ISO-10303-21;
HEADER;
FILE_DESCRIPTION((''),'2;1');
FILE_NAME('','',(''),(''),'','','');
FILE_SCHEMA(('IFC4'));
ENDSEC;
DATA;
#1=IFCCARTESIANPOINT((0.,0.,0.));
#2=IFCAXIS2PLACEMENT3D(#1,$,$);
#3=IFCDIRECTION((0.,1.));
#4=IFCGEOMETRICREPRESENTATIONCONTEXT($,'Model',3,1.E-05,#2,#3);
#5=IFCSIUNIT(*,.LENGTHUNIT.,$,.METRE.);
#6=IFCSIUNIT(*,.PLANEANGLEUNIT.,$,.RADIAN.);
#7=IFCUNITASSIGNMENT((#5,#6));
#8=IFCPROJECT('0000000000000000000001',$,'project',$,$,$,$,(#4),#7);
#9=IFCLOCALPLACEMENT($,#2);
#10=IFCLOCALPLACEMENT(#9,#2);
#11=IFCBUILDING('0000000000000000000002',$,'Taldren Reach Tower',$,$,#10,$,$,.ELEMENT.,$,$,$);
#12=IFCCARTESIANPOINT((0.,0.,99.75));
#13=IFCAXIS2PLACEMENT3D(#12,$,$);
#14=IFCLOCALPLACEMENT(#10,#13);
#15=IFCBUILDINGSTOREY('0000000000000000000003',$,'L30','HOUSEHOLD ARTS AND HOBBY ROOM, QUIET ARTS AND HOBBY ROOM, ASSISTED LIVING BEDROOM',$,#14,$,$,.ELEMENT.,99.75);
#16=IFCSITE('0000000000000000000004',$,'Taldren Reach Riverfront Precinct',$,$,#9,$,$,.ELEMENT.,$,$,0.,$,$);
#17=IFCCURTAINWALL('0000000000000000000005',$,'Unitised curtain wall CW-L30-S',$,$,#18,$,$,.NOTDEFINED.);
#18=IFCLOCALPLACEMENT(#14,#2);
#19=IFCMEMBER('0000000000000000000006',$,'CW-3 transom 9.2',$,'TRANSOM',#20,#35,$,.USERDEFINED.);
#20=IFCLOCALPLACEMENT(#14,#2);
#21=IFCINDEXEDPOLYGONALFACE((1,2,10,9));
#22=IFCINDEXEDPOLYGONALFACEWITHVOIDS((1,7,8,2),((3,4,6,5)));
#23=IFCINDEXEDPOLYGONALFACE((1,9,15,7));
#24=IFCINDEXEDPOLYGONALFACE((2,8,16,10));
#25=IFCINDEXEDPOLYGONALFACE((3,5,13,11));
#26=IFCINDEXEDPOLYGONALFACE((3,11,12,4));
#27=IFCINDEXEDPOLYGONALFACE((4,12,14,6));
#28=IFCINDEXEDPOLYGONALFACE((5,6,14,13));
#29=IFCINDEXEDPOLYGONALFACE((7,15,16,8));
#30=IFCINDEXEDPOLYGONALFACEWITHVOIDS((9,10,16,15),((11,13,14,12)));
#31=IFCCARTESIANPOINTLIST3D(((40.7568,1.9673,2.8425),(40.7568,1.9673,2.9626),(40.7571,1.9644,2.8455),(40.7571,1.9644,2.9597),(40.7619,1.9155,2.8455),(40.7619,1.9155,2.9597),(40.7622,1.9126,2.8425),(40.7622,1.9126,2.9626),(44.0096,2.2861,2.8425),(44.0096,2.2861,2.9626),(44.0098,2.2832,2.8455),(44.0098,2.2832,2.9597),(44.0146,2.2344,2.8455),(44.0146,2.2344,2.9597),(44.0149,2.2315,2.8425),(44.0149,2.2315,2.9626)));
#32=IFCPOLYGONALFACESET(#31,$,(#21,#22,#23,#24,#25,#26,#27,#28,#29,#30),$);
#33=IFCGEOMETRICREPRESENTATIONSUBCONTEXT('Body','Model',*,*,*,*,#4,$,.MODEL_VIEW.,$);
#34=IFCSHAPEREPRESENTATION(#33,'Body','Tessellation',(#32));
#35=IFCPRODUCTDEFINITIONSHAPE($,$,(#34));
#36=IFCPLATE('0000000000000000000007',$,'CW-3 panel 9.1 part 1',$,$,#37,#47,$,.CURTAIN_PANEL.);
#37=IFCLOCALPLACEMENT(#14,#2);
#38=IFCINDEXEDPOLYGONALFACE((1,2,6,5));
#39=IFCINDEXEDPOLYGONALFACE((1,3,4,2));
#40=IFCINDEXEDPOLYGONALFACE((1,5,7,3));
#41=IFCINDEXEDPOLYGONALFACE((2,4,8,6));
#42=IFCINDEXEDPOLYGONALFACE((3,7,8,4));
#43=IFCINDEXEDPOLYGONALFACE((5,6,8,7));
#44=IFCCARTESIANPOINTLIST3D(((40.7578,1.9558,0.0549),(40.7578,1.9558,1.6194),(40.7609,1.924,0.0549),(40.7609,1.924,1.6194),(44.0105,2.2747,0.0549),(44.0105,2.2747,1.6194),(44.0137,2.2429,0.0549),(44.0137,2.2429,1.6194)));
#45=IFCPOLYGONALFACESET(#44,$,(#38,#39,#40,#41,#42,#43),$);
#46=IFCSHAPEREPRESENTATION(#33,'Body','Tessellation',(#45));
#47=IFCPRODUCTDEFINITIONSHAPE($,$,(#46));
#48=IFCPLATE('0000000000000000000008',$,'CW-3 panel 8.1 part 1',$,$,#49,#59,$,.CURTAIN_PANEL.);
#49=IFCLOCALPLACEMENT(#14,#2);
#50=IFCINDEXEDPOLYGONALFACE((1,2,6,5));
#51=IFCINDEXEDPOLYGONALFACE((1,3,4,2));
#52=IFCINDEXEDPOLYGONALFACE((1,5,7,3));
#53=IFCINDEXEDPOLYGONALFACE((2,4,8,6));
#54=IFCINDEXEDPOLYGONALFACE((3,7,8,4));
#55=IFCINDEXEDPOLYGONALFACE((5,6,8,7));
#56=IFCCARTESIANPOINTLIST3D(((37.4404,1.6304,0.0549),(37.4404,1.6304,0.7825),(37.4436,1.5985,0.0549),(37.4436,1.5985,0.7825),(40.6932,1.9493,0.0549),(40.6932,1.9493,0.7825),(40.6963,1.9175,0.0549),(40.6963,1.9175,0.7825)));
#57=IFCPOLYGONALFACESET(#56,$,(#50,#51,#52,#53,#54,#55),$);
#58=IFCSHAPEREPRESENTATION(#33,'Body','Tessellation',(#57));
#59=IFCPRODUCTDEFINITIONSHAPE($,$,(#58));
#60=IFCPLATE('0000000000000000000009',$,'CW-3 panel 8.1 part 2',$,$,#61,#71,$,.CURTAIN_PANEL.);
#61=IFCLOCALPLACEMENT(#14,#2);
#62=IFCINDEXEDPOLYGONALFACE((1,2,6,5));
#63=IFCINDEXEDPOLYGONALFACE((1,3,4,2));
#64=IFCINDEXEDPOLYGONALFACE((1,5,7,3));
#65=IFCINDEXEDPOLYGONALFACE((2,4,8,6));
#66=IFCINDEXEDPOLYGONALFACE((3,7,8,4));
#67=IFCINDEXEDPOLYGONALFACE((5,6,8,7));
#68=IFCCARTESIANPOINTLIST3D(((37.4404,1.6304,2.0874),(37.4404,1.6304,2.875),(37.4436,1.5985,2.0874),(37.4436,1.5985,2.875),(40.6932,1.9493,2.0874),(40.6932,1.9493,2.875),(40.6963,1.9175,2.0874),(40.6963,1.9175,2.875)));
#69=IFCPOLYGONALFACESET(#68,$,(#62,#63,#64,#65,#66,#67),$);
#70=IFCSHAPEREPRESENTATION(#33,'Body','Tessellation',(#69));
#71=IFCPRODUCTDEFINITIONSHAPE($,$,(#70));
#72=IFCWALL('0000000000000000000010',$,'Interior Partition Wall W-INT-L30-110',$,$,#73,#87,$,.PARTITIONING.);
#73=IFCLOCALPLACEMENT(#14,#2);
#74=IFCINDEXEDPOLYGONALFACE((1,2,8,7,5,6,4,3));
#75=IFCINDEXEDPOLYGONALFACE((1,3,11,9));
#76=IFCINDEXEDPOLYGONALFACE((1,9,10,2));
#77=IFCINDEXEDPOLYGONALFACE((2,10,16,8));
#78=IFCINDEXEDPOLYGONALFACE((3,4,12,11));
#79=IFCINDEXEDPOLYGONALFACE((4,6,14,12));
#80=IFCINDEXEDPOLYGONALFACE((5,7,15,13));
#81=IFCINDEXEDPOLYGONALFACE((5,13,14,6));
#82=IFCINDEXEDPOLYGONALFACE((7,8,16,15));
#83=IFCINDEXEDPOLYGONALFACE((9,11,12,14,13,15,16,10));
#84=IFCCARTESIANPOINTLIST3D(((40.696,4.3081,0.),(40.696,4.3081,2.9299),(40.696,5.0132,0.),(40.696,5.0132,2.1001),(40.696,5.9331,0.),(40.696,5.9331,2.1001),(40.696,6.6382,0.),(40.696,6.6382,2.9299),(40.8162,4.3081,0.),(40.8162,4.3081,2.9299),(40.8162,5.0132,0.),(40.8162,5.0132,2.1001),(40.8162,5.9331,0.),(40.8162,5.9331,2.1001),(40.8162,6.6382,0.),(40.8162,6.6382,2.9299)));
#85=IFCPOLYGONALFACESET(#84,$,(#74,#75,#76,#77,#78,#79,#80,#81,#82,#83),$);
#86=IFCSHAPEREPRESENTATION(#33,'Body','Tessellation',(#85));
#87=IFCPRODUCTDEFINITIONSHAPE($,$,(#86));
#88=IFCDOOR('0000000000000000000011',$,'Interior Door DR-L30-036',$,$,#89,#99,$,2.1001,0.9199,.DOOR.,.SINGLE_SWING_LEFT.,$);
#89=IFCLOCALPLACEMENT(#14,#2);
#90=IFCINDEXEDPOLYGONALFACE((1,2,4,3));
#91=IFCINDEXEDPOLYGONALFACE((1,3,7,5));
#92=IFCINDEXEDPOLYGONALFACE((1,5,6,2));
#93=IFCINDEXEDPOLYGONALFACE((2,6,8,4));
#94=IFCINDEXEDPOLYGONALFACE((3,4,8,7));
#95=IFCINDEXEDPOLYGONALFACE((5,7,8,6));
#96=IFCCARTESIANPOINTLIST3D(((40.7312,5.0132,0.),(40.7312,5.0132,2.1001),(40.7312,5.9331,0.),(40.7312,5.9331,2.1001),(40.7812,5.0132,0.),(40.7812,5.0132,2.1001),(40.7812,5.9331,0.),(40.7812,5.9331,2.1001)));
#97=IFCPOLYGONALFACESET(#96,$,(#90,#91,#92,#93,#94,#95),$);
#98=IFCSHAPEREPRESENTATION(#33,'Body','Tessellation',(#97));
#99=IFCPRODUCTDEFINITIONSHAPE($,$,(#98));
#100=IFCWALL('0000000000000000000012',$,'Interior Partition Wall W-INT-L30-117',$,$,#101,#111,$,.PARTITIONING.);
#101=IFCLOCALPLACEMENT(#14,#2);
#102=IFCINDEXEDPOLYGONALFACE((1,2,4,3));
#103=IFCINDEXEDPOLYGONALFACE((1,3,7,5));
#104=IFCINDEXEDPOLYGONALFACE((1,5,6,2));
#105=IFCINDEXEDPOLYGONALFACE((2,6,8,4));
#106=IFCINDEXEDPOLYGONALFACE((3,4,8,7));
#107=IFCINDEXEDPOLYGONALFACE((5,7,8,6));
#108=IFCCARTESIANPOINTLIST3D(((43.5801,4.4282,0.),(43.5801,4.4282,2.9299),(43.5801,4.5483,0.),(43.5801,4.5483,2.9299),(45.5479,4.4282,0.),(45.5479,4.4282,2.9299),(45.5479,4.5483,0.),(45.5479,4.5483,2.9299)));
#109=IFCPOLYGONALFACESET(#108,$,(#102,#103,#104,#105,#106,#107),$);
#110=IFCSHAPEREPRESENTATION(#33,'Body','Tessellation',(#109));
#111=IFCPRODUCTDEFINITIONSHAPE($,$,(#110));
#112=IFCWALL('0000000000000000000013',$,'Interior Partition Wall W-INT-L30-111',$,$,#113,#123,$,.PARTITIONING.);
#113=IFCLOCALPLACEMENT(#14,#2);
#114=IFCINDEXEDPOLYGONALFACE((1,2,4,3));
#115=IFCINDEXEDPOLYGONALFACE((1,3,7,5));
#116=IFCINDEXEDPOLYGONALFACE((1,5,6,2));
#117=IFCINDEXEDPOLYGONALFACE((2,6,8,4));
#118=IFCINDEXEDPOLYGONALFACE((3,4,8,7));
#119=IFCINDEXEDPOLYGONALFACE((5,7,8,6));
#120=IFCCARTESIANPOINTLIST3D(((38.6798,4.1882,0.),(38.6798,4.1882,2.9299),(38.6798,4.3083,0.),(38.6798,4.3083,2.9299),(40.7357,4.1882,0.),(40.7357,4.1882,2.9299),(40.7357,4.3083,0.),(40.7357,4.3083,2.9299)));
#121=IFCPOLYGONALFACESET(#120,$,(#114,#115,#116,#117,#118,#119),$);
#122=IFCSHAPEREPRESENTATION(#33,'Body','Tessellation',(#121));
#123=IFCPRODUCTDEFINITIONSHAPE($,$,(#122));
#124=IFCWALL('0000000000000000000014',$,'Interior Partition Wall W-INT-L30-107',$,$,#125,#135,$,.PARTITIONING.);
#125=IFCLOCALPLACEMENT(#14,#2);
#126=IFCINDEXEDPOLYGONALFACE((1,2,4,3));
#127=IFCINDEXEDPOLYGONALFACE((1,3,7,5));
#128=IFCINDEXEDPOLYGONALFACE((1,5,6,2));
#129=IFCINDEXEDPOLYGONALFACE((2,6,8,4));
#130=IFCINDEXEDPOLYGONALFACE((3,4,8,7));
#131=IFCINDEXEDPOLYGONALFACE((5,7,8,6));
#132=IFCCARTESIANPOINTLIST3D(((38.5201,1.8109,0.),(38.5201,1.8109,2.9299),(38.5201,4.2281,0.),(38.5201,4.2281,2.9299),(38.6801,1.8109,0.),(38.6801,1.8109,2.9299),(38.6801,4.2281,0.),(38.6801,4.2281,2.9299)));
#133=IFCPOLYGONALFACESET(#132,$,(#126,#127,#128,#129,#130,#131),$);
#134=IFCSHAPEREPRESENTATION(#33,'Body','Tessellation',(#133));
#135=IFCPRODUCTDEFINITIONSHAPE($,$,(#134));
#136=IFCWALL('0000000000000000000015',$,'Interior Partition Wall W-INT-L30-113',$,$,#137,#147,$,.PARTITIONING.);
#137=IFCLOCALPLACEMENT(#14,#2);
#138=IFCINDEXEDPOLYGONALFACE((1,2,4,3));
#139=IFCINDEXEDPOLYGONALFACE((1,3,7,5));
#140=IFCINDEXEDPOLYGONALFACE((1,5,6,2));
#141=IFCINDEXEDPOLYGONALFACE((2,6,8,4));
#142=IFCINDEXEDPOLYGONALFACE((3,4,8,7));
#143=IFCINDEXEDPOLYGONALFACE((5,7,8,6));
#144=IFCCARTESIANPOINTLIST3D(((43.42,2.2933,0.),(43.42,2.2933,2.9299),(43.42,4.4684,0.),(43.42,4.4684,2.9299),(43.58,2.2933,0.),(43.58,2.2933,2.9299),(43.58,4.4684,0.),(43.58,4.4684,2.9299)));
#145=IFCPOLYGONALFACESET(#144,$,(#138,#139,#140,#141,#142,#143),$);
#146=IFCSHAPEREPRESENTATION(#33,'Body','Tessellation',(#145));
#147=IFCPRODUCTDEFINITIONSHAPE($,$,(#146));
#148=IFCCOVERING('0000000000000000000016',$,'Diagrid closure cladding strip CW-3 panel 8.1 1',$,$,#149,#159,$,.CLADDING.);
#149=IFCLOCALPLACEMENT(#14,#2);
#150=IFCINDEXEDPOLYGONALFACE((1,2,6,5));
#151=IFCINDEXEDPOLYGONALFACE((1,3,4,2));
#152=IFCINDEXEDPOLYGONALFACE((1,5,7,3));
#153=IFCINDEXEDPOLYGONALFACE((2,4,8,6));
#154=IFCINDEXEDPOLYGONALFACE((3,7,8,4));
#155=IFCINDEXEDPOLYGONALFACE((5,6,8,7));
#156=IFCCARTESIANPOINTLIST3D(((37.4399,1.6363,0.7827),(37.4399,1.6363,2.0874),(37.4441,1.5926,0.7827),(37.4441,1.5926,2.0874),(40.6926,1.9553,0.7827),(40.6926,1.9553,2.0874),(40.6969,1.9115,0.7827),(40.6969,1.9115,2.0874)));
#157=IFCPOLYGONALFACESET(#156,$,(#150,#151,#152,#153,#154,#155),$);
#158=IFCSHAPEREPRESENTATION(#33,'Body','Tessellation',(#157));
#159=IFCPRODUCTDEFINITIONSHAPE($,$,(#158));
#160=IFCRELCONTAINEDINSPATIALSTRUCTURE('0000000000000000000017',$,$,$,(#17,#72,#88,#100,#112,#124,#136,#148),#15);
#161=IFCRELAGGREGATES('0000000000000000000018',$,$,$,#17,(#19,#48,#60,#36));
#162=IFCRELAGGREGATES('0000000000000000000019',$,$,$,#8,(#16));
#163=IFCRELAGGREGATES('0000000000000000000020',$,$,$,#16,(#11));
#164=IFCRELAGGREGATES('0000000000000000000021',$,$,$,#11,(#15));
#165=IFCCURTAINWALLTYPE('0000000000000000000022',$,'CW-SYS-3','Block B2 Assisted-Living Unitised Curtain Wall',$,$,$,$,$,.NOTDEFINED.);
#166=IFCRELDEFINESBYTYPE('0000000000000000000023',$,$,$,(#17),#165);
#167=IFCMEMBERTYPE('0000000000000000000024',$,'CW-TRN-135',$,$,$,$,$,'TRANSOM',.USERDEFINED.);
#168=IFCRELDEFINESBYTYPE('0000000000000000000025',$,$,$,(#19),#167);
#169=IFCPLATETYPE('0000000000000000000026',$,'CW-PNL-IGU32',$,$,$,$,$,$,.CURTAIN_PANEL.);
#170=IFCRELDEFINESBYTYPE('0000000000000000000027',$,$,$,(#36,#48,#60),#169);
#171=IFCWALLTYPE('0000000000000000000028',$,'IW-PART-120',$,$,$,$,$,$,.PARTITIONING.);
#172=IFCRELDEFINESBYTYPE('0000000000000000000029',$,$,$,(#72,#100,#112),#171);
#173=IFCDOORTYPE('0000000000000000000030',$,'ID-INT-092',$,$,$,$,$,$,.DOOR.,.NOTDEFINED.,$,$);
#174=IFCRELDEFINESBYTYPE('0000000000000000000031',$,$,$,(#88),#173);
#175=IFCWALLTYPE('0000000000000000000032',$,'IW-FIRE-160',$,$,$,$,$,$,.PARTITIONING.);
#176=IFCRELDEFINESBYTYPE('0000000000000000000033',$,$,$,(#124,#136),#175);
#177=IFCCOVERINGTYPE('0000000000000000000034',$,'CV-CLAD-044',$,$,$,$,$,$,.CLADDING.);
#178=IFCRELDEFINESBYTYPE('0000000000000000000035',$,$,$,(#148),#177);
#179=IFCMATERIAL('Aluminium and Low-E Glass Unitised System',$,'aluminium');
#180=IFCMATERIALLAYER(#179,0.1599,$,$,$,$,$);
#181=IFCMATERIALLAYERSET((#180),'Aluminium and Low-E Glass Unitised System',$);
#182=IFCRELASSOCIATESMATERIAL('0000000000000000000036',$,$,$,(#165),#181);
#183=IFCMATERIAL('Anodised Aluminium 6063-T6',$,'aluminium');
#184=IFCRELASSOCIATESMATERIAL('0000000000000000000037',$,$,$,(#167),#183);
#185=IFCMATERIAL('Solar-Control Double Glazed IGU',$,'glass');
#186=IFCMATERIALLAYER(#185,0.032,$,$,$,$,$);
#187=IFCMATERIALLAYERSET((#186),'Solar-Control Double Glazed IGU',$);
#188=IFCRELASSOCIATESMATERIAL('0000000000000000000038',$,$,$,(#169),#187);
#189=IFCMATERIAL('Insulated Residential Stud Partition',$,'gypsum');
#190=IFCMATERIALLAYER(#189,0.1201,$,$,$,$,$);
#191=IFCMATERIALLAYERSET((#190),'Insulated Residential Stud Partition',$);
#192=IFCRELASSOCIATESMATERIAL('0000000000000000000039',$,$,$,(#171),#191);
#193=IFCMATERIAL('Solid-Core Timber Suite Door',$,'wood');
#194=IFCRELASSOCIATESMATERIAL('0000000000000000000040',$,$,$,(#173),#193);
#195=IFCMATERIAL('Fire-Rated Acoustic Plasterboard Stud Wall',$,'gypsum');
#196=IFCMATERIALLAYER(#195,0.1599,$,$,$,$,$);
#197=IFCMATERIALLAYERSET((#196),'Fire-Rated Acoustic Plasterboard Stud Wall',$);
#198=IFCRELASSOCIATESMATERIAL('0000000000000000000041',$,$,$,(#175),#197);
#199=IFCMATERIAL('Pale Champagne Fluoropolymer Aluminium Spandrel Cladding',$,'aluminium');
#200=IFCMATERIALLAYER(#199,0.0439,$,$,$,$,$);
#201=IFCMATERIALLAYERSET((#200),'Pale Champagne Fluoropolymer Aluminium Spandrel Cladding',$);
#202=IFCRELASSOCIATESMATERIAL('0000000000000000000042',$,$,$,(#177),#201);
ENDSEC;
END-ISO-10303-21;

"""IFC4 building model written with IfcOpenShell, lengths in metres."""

from ifc_helpers import new_model, si_unit, direction, frame, frame_2d, origin, origin_2d, place, context, subcontext, project, spatial, rectangle, hollow_rectangle, extrude, source, transform, mapped, material, layer, layer_set, material_profile, profile_set, type_object, element, fill, aggregate, save


model = new_model("IFC4")

# Units and contexts
model_context = context("Model", 3, precision=1e-05, world=origin(), true_north=direction((0.0, 1.0)))
body_context = subcontext(model_context, "Body", "Model", "MODEL_VIEW")
ifc_project = project(units=[si_unit("LENGTHUNIT", "METRE"), si_unit("PLANEANGLEUNIT", "RADIAN")], contexts=[model_context])

# Site, building, storey
site_placement = place(None, origin())
site = spatial("IfcSite", under=ifc_project, at=site_placement, Name="Taldren Reach Riverfront Precinct", CompositionType="ELEMENT", RefElevation=0.0)
building_placement = place(site_placement, origin())
building = spatial("IfcBuilding", under=site, at=building_placement, Name="Taldren Reach Tower", CompositionType="ELEMENT")
storey_placement = place(building_placement, frame((0.0, 0.0, 99.75)))
storey = spatial("IfcBuildingStorey", under=building, at=storey_placement, Name="L30", Description="HOUSEHOLD ARTS AND HOBBY ROOM, QUIET ARTS AND HOBBY ROOM, ASSISTED LIVING BEDROOM", CompositionType="ELEMENT", Elevation=99.75)

# Curtain wall, member, plates
ifc_material_1 = material(Name="Aluminium and Low-E Glass Unitised System", Category="aluminium")
ifc_layer_1 = layer(ifc_material_1, 0.1599)
ifc_layer_set_1 = layer_set([ifc_layer_1], Name="Aluminium and Low-E Glass Unitised System")
curtain_wall_type = type_object("IfcCurtainWallType", Name="CW-SYS-3", Description="Block B2 Assisted-Living Unitised Curtain Wall", PredefinedType="NOTDEFINED", material=ifc_layer_set_1)
curtain_wall_placement = place(storey_placement, origin())
curtain_wall = element("IfcCurtainWall", 1, at=curtain_wall_placement, inside=storey, type_object=curtain_wall_type, Name="Unitised curtain wall CW-L30-S", PredefinedType="NOTDEFINED")
ifc_material_2 = material(Name="Anodised Aluminium 6063-T6", Category="aluminium")
ifc_material_profile_1 = material_profile(ifc_material_2, hollow_rectangle(XDim=0.0549, YDim=0.1201, WallThickness=0.0029, at=origin_2d()), Name="ALU-120x55x3RHS")
ifc_profile_set_1 = profile_set([ifc_material_profile_1], Name="Anodised Aluminium 6063-T6")
member_type_1 = type_object("IfcMemberType", Name="CW-TRN-135", ElementType="TRANSOM", PredefinedType="USERDEFINED", material=ifc_profile_set_1)
shared_shape_1 = source(origin(), body_context, "Body", "SweptSolid", [
    extrude(hollow_rectangle(XDim=0.0549, YDim=0.1201, WallThickness=0.0029, at=origin_2d()), origin(), (0.0, 0.0, 1.0), 3.2683),
])
member_1_placement = place(storey_placement, frame((40.7595, 1.9399, 2.9026), z_axis=(0.99523, 0.097558, 0.0), x_axis=(-0.097558, 0.99523, 0.0)))
member_1 = element("IfcMember", 2, at=member_1_placement, type_object=member_type_1, Name="CW-3 transom 9.2", ObjectType="TRANSOM", PredefinedType="USERDEFINED", context=body_context, shape_type="MappedRepresentation", body=[
    mapped(shared_shape_1, transform((0.0, 0.0, 0.0), scale=1.0)),
])
ifc_material_3 = material(Name="Solar-Control Double Glazed IGU", Category="glass")
ifc_layer_2 = layer(ifc_material_3, 0.032)
ifc_layer_set_2 = layer_set([ifc_layer_2], Name="Solar-Control Double Glazed IGU")
plate_type = type_object("IfcPlateType", Name="CW-PNL-IGU32", PredefinedType="CURTAIN_PANEL", material=ifc_layer_set_2)
shared_shape_2 = source(origin(), body_context, "Body", "SweptSolid", [
    extrude(rectangle(XDim=3.2683, YDim=0.032, at=origin_2d()), origin(), (0.0, 0.0, 1.0), 1.5645),
])
plate_1_placement = place(storey_placement, frame((42.3857, 2.0994, 0.0549), z_axis=(0.0, 0.0, 1.0), x_axis=(0.995227, 0.097583, 0.0)))
plate_1 = element("IfcPlate", 3, at=plate_1_placement, type_object=plate_type, Name="CW-3 panel 9.1 part 1", PredefinedType="CURTAIN_PANEL", context=body_context, shape_type="MappedRepresentation", body=[
    mapped(shared_shape_2, transform((0.0, 0.0, 0.0), scale=1.0)),
])
shared_shape_3 = source(origin(), body_context, "Body", "SweptSolid", [
    extrude(rectangle(XDim=3.2683, YDim=0.032, at=origin_2d()), origin(), (0.0, 0.0, 1.0), 0.7275),
])
plate_2_placement = place(storey_placement, frame((39.0684, 1.7739, 0.0549), z_axis=(0.0, 0.0, 1.0), x_axis=(0.995227, 0.097583, 0.0)))
plate_2 = element("IfcPlate", 4, at=plate_2_placement, type_object=plate_type, Name="CW-3 panel 8.1 part 1", PredefinedType="CURTAIN_PANEL", context=body_context, shape_type="MappedRepresentation", body=[
    mapped(shared_shape_3, transform((0.0, 0.0, 0.0), scale=1.0)),
])
shared_shape_4 = source(origin(), body_context, "Body", "SweptSolid", [
    extrude(rectangle(XDim=3.2683, YDim=0.032, at=origin_2d()), origin(), (0.0, 0.0, 1.0), 0.7876),
])
plate_3_placement = place(storey_placement, frame((39.0684, 1.7739, 2.0874), z_axis=(0.0, 0.0, 1.0), x_axis=(0.995227, 0.097583, 0.0)))
plate_3 = element("IfcPlate", 5, at=plate_3_placement, type_object=plate_type, Name="CW-3 panel 8.1 part 2", PredefinedType="CURTAIN_PANEL", context=body_context, shape_type="MappedRepresentation", body=[
    mapped(shared_shape_4, transform((0.0, 0.0, 0.0), scale=1.0)),
])
aggregate(curtain_wall, [member_1, plate_2, plate_3, plate_1])

# Wall, opening, door
ifc_material_4 = material(Name="Insulated Residential Stud Partition", Category="gypsum")
ifc_layer_3 = layer(ifc_material_4, 0.1201)
ifc_layer_set_3 = layer_set([ifc_layer_3], Name="Insulated Residential Stud Partition")
wall_type_1 = type_object("IfcWallType", Name="IW-PART-120", PredefinedType="PARTITIONING", material=ifc_layer_set_3)
shared_shape_5 = source(origin(), body_context, "Body", "SweptSolid", [
    extrude(rectangle(XDim=2.3301, YDim=0.1201, at=frame_2d((1.165, 0.0))), origin(), (0.0, 0.0, 1.0), 2.9299),
])
wall_1_placement = place(storey_placement, frame((40.7561, 4.3081, 0.0), z_axis=(0.0, 0.0, 1.0), x_axis=(0.0, 1.0, 0.0)))
wall_1 = element("IfcWall", 6, at=wall_1_placement, inside=storey, type_object=wall_type_1, Name="Interior Partition Wall W-INT-L30-110", PredefinedType="PARTITIONING", context=body_context, shape_type="MappedRepresentation", body=[
    mapped(shared_shape_5, transform((0.0, 0.0, 0.0), scale=1.0)),
])
shared_shape_6 = source(origin(), body_context, "Body", "SweptSolid", [
    extrude(rectangle(XDim=0.9199, YDim=2.1001, at=frame_2d((0.46, 1.05))), frame((0.0, 0.0701, 0.0), z_axis=(0.0, -1.0, 0.0), x_axis=(1.0, 0.0, 0.0)), (0.0, 0.0, 1.0), 0.1401),
])
opening_placement = place(wall_1_placement, frame((0.7051, 0.0, 0.0)))
opening = element("IfcOpeningElement", 7, at=opening_placement, cuts=wall_1, PredefinedType="OPENING", context=body_context, shape_type="MappedRepresentation", body=[
    mapped(shared_shape_6, transform((0.0, 0.0, 0.0), scale=1.0)),
])
ifc_material_5 = material(Name="Solid-Core Timber Suite Door", Category="wood")
door_type = type_object("IfcDoorType", Name="ID-INT-092", OperationType="NOTDEFINED", PredefinedType="DOOR", material=ifc_material_5)
shared_shape_7 = source(origin(), body_context, "Body", "SweptSolid", [
    extrude(rectangle(XDim=0.9199, YDim=2.1001, at=frame_2d((0.46, 1.05))), frame((0.0, 0.0249, 0.0), z_axis=(0.0, -1.0, 0.0), x_axis=(1.0, 0.0, 0.0)), (0.0, 0.0, 1.0), 0.05),
])
door_placement = place(opening_placement, origin())
door = element("IfcDoor", 8, at=door_placement, inside=storey, type_object=door_type, Name="Interior Door DR-L30-036", OperationType="SINGLE_SWING_LEFT", OverallHeight=2.1001, OverallWidth=0.9199, PredefinedType="DOOR", context=body_context, shape_type="MappedRepresentation", body=[
    mapped(shared_shape_7, transform((0.0, 0.0, 0.0), scale=1.0)),
])
fill(opening, door)

# Walls
shared_shape_8 = source(origin(), body_context, "Body", "SweptSolid", [
    extrude(rectangle(XDim=1.9678, YDim=0.1201, at=frame_2d((0.9839, 0.0))), origin(), (0.0, 0.0, 1.0), 2.9299),
])
wall_2_placement = place(storey_placement, frame((43.5801, 4.4883, 0.0), z_axis=(0.0, 0.0, 1.0), x_axis=(1.0, 0.0, 0.0)))
element("IfcWall", 9, at=wall_2_placement, inside=storey, type_object=wall_type_1, Name="Interior Partition Wall W-INT-L30-117", PredefinedType="PARTITIONING", context=body_context, shape_type="MappedRepresentation", body=[
    mapped(shared_shape_8, transform((0.0, 0.0, 0.0), scale=1.0)),
])
shared_shape_9 = source(origin(), body_context, "Body", "SweptSolid", [
    extrude(rectangle(XDim=2.0559, YDim=0.1201, at=frame_2d((1.0278, 0.0))), origin(), (0.0, 0.0, 1.0), 2.9299),
])
wall_3_placement = place(storey_placement, frame((38.6799, 4.2483, 0.0), z_axis=(0.0, 0.0, 1.0), x_axis=(1.0, 0.0, 0.0)))
element("IfcWall", 10, at=wall_3_placement, inside=storey, type_object=wall_type_1, Name="Interior Partition Wall W-INT-L30-111", PredefinedType="PARTITIONING", context=body_context, shape_type="MappedRepresentation", body=[
    mapped(shared_shape_9, transform((0.0, 0.0, 0.0), scale=1.0)),
])
ifc_material_6 = material(Name="Fire-Rated Acoustic Plasterboard Stud Wall", Category="gypsum")
ifc_layer_4 = layer(ifc_material_6, 0.1599)
ifc_layer_set_4 = layer_set([ifc_layer_4], Name="Fire-Rated Acoustic Plasterboard Stud Wall")
wall_type_2 = type_object("IfcWallType", Name="IW-FIRE-160", PredefinedType="PARTITIONING", material=ifc_layer_set_4)
shared_shape_10 = source(origin(), body_context, "Body", "SweptSolid", [
    extrude(rectangle(XDim=2.4172, YDim=0.1599, at=frame_2d((1.2085, 0.0))), origin(), (0.0, 0.0, 1.0), 2.9299),
])
wall_4_placement = place(storey_placement, frame((38.6001, 4.228, 0.0), z_axis=(0.0, 0.0, 1.0), x_axis=(0.0, -1.0, 0.0)))
element("IfcWall", 11, at=wall_4_placement, inside=storey, type_object=wall_type_2, Name="Interior Partition Wall W-INT-L30-107", PredefinedType="PARTITIONING", context=body_context, shape_type="MappedRepresentation", body=[
    mapped(shared_shape_10, transform((0.0, 0.0, 0.0), scale=1.0)),
])
shared_shape_11 = source(origin(), body_context, "Body", "SweptSolid", [
    extrude(rectangle(XDim=2.175, YDim=0.1599, at=frame_2d((1.0874, 0.0))), origin(), (0.0, 0.0, 1.0), 2.9299),
])
wall_5_placement = place(storey_placement, frame((43.5, 4.4683, 0.0), z_axis=(0.0, 0.0, 1.0), x_axis=(0.0, -1.0, 0.0)))
element("IfcWall", 12, at=wall_5_placement, inside=storey, type_object=wall_type_2, Name="Interior Partition Wall W-INT-L30-113", PredefinedType="PARTITIONING", context=body_context, shape_type="MappedRepresentation", body=[
    mapped(shared_shape_11, transform((0.0, 0.0, 0.0), scale=1.0)),
])

# Covering
ifc_material_7 = material(Name="Pale Champagne Fluoropolymer Aluminium Spandrel Cladding", Category="aluminium")
ifc_layer_5 = layer(ifc_material_7, 0.0439)
ifc_layer_set_5 = layer_set([ifc_layer_5], Name="Pale Champagne Fluoropolymer Aluminium Spandrel Cladding")
covering_type = type_object("IfcCoveringType", Name="CV-CLAD-044", PredefinedType="CLADDING", material=ifc_layer_set_5)
shared_shape_12 = source(origin(), body_context, "Body", "SweptSolid", [
    extrude(rectangle(XDim=3.2683, YDim=0.0439, at=origin_2d()), origin(), (0.0, 0.0, 1.0), 1.3047),
])
covering_1_placement = place(storey_placement, frame((39.0684, 1.7739, 0.7827), z_axis=(0.0, 0.0, 1.0), x_axis=(0.995227, 0.097583, 0.0)))
element("IfcCovering", 13, at=covering_1_placement, inside=storey, type_object=covering_type, Name="Diagrid closure cladding strip CW-3 panel 8.1 1", PredefinedType="CLADDING", context=body_context, shape_type="MappedRepresentation", body=[
    mapped(shared_shape_12, transform((0.0, 0.0, 0.0), scale=1.0)),
])

save(model, "model.ifc")
